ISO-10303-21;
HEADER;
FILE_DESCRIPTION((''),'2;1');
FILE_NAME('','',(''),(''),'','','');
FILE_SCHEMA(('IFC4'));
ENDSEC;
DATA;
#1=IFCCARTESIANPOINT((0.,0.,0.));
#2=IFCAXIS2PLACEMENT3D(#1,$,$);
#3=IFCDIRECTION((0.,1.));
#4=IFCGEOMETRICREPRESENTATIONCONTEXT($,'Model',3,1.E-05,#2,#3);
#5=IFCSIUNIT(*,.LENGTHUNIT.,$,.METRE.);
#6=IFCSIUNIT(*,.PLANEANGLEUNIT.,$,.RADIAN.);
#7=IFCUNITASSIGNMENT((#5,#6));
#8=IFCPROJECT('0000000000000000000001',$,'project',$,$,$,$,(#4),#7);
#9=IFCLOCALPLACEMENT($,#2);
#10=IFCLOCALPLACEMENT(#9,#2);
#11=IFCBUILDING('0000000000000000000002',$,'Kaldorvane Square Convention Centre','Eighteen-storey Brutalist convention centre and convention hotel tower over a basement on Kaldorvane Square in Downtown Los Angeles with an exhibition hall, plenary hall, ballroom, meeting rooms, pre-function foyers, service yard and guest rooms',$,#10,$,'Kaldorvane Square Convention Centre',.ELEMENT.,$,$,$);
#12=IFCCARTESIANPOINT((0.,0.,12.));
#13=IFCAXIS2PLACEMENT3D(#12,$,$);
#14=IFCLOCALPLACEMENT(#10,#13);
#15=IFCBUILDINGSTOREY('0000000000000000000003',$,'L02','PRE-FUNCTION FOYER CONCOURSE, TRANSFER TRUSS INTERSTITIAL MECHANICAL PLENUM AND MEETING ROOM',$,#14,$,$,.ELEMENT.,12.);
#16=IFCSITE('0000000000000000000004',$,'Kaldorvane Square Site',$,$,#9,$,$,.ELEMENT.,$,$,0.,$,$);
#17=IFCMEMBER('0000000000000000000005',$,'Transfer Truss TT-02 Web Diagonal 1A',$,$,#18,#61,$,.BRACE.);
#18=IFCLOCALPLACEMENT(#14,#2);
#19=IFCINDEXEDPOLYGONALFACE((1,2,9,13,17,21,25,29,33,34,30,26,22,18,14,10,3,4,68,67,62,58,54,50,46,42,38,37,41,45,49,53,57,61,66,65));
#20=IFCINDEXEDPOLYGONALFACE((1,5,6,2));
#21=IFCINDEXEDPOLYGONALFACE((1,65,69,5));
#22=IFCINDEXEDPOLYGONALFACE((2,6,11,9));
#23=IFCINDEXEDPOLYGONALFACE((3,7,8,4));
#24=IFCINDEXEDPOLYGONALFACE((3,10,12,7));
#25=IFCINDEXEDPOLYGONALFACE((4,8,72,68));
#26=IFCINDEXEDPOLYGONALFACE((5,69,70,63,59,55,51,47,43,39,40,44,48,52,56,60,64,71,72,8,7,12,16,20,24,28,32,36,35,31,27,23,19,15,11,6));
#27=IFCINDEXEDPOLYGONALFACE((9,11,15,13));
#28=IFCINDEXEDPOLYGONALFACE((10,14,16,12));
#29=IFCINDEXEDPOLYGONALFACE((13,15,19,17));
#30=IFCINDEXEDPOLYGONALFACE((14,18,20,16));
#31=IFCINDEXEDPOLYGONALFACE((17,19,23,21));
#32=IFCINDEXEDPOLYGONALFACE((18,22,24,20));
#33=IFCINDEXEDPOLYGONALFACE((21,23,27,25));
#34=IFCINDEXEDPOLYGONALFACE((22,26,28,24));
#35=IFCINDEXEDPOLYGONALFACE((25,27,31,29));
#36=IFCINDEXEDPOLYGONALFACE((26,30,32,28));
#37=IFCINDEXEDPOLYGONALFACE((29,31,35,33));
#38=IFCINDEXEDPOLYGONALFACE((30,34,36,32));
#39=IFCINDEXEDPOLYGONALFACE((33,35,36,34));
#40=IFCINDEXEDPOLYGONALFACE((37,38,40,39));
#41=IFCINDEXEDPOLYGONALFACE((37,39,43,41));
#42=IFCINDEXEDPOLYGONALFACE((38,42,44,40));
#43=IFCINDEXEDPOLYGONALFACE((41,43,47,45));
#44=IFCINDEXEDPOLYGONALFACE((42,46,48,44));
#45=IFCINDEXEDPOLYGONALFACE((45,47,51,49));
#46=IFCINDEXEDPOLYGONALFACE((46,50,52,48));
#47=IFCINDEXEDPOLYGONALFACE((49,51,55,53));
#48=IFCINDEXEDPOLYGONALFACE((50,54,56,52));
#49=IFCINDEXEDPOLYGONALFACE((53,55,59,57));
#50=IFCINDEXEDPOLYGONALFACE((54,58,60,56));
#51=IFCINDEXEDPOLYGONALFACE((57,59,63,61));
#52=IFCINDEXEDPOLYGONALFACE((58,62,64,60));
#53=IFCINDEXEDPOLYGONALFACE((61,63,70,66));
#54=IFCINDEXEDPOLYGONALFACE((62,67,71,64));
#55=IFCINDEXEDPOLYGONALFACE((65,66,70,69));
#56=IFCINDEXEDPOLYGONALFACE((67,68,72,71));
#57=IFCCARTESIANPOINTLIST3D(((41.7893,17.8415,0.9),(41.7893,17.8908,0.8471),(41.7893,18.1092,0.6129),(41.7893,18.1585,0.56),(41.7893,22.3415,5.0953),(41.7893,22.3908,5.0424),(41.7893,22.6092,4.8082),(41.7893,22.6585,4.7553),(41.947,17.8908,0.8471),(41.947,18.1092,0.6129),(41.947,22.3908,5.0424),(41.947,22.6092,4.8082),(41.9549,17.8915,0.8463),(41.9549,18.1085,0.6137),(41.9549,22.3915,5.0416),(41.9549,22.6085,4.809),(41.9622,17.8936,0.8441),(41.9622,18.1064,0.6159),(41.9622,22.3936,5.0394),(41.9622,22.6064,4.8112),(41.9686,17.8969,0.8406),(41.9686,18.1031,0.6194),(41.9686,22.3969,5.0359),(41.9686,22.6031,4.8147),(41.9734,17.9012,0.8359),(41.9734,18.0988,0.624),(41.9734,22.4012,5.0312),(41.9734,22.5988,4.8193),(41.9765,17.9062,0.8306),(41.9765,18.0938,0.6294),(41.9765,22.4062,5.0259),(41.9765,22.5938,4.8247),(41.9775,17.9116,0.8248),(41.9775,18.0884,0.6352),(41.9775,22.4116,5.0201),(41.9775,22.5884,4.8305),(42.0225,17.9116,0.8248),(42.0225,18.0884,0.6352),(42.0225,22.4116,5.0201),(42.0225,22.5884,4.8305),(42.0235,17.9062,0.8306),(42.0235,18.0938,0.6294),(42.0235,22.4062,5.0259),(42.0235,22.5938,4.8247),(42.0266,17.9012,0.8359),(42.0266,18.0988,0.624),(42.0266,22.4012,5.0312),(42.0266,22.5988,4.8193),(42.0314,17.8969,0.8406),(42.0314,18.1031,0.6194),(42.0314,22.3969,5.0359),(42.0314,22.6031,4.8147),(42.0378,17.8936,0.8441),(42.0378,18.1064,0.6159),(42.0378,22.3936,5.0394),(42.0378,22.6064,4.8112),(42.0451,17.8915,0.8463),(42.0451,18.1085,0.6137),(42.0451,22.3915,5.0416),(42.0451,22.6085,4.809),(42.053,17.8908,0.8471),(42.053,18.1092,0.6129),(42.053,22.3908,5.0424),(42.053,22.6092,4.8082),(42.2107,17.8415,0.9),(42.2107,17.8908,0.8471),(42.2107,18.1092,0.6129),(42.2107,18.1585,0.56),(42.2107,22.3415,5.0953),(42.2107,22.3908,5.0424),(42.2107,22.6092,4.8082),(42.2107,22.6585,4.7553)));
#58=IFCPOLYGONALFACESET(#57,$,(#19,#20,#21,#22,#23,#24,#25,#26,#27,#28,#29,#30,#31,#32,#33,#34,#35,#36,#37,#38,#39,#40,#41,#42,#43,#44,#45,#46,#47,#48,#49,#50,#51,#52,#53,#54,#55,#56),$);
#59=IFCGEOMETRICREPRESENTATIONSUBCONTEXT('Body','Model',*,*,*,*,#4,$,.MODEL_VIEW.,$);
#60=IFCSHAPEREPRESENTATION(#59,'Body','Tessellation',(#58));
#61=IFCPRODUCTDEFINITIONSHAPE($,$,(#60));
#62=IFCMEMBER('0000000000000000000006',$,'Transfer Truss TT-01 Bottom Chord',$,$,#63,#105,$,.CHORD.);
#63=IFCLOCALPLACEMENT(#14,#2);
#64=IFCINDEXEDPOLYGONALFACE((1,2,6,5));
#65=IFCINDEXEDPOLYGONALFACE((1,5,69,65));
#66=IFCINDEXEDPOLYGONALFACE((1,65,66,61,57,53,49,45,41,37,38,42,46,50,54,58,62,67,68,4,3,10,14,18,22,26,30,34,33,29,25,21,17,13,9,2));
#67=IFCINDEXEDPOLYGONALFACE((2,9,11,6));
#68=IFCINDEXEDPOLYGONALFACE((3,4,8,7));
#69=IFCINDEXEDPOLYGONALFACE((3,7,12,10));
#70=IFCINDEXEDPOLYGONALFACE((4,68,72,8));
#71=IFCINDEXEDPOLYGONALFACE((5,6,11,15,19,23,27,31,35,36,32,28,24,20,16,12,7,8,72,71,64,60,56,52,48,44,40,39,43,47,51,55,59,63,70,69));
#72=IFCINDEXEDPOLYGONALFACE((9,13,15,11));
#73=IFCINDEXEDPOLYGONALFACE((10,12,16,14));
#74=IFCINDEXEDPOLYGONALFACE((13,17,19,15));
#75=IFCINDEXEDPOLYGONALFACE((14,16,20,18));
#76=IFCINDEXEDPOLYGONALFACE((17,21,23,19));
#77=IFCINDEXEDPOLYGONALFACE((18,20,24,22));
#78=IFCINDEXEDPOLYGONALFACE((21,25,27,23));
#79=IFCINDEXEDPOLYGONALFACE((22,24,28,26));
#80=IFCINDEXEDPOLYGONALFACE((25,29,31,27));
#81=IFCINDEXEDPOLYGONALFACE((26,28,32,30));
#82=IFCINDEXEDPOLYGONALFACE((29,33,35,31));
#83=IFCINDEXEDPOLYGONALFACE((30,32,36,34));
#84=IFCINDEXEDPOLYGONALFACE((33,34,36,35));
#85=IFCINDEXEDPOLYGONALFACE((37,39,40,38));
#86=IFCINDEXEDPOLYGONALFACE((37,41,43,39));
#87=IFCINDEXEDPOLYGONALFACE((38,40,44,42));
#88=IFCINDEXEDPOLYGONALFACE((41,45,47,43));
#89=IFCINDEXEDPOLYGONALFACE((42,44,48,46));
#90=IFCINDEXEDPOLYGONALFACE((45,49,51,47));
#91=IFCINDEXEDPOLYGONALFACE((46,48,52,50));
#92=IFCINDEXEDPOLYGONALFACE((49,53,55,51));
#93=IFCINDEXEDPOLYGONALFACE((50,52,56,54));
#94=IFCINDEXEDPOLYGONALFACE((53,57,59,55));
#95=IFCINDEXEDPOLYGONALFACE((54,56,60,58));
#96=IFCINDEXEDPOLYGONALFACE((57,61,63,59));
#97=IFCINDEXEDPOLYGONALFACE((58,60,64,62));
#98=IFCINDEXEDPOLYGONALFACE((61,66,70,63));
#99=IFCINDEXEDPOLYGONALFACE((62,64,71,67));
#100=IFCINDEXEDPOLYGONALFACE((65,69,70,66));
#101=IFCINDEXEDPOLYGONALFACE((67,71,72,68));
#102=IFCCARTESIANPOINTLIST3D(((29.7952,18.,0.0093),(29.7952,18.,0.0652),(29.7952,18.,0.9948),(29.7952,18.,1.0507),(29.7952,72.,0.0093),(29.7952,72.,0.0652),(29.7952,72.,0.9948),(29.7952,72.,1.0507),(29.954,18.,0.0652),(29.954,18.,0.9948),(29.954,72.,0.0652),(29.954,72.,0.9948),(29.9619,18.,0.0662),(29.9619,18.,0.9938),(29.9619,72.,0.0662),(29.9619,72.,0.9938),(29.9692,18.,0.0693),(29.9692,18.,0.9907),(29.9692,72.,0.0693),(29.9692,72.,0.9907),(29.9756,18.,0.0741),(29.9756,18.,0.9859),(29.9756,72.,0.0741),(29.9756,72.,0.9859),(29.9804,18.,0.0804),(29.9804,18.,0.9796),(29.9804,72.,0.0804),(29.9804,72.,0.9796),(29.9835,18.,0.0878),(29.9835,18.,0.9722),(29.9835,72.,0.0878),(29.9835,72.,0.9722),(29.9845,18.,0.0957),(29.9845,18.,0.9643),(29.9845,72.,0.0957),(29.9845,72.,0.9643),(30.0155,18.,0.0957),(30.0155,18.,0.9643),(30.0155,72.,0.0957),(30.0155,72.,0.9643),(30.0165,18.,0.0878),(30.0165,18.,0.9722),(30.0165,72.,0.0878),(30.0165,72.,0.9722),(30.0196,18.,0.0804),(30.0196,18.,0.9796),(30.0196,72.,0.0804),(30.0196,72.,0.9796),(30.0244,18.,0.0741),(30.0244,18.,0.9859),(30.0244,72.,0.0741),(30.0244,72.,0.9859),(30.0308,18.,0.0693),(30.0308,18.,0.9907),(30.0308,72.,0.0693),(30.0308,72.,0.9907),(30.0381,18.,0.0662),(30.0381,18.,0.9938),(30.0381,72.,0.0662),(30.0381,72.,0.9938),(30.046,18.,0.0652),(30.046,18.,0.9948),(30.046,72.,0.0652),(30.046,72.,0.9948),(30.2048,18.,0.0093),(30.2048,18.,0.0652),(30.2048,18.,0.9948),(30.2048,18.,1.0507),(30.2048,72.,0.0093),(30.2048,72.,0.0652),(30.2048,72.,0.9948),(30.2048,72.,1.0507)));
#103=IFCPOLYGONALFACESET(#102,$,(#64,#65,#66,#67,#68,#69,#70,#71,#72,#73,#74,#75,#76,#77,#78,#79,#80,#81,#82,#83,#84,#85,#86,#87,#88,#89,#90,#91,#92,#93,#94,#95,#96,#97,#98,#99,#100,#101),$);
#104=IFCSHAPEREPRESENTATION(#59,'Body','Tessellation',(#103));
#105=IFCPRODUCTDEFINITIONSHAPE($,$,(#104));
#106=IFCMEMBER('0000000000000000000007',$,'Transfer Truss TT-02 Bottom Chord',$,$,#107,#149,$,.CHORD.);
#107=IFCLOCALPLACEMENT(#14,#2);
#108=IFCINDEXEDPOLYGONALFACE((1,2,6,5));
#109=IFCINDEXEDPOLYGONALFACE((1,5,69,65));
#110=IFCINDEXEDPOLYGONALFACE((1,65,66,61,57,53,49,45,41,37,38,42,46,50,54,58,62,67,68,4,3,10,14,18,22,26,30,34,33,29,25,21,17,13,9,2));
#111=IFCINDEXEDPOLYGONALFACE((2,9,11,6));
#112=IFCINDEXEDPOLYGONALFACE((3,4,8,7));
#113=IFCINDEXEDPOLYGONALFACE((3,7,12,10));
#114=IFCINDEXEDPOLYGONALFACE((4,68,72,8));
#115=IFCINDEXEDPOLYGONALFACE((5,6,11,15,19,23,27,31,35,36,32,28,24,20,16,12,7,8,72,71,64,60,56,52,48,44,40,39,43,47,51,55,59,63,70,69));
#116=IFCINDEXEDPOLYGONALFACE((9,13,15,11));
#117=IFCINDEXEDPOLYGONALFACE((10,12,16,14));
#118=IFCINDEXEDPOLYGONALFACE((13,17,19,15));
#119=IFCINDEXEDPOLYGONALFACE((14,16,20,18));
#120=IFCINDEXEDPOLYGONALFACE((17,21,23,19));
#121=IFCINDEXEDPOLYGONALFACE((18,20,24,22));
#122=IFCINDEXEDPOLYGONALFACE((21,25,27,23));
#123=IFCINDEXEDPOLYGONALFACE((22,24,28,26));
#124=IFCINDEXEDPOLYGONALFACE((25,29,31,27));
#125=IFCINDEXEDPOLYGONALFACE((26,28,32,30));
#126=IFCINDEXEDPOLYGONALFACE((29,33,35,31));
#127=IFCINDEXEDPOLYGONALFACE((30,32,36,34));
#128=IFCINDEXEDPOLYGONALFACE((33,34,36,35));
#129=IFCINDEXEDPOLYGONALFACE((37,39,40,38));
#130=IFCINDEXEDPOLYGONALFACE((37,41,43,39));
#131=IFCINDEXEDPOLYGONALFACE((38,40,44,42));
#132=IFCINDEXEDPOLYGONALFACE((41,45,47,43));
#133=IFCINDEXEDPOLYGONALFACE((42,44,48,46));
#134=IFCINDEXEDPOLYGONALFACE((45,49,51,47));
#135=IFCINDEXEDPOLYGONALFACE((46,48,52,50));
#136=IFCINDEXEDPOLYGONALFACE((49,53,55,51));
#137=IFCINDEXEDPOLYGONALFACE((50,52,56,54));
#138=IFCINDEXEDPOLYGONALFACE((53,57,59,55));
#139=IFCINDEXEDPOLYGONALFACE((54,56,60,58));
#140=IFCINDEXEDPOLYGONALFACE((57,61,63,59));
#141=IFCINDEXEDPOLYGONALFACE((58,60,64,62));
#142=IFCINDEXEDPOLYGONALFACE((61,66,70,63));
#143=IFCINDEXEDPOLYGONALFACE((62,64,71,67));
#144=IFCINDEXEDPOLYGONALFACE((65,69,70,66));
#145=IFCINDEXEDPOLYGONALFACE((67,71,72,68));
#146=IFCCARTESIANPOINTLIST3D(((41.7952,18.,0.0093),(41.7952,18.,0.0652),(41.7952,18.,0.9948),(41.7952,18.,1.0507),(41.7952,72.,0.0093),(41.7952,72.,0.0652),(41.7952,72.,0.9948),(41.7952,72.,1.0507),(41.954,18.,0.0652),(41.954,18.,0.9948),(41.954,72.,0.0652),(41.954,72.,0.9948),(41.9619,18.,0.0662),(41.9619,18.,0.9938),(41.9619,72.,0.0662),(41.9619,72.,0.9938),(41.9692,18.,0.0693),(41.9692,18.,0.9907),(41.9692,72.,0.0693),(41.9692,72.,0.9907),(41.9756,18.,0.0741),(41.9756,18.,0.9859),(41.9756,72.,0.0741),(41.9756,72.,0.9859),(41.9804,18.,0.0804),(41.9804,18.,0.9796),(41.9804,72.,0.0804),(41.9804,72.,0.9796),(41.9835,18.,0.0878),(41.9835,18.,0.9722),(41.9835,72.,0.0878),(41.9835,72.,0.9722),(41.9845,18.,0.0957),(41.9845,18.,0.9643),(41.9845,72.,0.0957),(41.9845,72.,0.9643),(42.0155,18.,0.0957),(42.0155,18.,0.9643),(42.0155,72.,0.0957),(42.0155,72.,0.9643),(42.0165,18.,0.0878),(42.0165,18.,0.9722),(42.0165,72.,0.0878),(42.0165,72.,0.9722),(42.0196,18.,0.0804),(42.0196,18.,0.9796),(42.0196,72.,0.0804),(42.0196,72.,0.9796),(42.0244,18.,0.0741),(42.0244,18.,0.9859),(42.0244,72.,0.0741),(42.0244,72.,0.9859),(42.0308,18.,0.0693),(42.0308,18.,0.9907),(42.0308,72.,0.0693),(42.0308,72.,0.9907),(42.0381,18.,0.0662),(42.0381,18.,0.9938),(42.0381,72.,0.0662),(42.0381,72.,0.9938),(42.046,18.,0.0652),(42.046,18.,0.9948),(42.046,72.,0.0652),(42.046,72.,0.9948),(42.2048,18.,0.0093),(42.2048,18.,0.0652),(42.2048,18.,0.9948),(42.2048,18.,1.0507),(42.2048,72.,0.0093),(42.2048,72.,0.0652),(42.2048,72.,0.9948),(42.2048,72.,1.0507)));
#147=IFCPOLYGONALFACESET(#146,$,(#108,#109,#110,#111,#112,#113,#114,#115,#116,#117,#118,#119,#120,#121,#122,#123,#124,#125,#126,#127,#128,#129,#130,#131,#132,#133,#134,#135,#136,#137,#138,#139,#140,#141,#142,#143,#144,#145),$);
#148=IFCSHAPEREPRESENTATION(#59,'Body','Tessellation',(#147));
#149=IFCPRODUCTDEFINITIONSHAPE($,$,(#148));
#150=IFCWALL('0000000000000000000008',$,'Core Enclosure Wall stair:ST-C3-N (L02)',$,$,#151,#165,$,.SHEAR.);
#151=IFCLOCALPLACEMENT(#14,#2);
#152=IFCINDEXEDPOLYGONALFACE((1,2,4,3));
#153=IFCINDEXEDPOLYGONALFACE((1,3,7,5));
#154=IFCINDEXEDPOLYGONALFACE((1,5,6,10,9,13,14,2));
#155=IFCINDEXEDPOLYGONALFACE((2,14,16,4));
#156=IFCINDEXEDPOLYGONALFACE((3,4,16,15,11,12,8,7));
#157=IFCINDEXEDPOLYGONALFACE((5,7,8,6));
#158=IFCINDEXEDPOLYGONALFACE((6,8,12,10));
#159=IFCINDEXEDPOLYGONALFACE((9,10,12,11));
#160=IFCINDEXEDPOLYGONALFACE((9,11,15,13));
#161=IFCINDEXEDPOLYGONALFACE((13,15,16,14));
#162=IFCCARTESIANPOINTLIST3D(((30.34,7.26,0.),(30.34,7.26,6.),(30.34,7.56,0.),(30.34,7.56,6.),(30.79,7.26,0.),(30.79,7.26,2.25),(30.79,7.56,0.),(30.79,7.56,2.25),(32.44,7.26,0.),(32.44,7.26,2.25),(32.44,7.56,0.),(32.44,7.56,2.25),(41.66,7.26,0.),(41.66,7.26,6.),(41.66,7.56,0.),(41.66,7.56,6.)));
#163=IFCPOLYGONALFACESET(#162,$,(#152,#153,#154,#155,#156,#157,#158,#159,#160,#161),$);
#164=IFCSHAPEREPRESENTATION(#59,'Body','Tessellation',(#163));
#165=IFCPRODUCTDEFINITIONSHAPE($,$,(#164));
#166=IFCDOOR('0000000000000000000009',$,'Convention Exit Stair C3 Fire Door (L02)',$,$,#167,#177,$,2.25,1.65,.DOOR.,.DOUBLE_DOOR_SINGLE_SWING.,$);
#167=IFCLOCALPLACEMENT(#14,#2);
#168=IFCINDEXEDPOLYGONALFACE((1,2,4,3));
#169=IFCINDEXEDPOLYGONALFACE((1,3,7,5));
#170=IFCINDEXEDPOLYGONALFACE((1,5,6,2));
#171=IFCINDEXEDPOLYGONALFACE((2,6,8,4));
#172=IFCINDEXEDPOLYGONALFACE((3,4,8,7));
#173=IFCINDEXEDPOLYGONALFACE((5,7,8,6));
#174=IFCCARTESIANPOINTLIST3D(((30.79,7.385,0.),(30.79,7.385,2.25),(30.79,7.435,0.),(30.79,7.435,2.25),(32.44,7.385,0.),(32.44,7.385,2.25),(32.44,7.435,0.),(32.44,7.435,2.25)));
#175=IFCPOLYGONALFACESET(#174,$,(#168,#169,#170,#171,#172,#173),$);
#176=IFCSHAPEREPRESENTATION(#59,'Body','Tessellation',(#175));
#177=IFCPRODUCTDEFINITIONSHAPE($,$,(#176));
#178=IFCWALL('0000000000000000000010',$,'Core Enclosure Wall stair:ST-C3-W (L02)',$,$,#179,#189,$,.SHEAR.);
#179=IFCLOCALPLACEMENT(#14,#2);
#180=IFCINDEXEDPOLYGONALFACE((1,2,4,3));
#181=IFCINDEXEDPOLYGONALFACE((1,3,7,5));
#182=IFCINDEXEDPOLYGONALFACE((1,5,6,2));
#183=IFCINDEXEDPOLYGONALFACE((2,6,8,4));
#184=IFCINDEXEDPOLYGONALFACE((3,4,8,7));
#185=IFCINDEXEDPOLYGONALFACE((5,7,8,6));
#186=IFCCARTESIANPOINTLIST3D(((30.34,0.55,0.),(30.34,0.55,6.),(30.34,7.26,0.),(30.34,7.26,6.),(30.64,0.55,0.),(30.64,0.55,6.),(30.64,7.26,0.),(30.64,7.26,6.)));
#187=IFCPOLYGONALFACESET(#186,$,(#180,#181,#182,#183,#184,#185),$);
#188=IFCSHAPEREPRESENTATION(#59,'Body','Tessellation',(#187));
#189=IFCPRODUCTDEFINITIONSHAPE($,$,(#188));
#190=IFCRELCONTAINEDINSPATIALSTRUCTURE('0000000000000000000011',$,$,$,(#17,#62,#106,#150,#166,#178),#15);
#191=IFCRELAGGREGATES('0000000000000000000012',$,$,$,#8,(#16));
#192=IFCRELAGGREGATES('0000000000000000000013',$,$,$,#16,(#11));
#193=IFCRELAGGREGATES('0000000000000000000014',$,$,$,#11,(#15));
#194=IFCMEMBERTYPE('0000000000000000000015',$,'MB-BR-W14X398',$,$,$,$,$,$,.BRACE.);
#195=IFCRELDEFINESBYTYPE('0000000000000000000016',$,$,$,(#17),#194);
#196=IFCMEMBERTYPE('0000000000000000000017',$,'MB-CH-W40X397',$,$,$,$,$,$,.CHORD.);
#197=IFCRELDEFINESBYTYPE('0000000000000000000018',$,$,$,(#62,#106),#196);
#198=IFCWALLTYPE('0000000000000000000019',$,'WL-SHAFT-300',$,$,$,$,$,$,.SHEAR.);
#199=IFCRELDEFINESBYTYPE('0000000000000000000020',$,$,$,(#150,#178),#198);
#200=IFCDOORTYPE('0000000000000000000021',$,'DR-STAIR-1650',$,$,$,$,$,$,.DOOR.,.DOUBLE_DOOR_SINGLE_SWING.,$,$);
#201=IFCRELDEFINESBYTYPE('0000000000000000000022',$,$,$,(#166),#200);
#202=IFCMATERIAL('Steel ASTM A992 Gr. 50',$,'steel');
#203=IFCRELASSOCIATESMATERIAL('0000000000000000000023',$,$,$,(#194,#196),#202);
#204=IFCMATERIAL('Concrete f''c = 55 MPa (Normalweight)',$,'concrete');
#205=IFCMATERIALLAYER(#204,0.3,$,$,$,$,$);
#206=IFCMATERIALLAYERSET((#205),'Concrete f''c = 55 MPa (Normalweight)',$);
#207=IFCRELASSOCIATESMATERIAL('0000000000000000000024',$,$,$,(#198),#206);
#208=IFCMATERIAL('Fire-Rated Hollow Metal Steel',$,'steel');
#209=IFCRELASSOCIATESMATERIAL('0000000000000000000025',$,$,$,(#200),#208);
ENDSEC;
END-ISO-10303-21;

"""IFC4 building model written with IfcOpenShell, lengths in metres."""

from ifc_helpers import new_model, si_unit, direction, frame, frame_2d, origin, origin_2d, place, context, subcontext, project, spatial, rectangle, i_section, extrude, material, layer, layer_set, material_profile, profile_set, type_object, element, fill, save


model = new_model("IFC4")

# Units and contexts
model_context = context("Model", 3, precision=1e-05, world=origin(), true_north=direction((0.0, 1.0)))
body_context = subcontext(model_context, "Body", "Model", "MODEL_VIEW")
ifc_project = project(units=[si_unit("LENGTHUNIT", "METRE"), si_unit("PLANEANGLEUNIT", "RADIAN")], contexts=[model_context])

# Site, building, storey
site_placement = place(None, origin())
site = spatial("IfcSite", under=ifc_project, at=site_placement, Name="Kaldorvane Square Site", CompositionType="ELEMENT", RefElevation=0.0)
building_placement = place(site_placement, origin())
building = spatial("IfcBuilding", under=site, at=building_placement, Name="Kaldorvane Square Convention Centre", Description="Eighteen-storey Brutalist convention centre and convention hotel tower over a basement on Kaldorvane Square in Downtown Los Angeles with an exhibition hall, plenary hall, ballroom, meeting rooms, pre-function foyers, service yard and guest rooms", LongName="Kaldorvane Square Convention Centre", CompositionType="ELEMENT")
storey_placement = place(building_placement, frame((0.0, 0.0, 12.0)))
storey = spatial("IfcBuildingStorey", under=building, at=storey_placement, Name="L02", Description="PRE-FUNCTION FOYER CONCOURSE, TRANSFER TRUSS INTERSTITIAL MECHANICAL PLENUM AND MEETING ROOM", CompositionType="ELEMENT", Elevation=12.0)

# Shared definitions
ifc_material_1 = material(Name="Concrete f'c = 55 MPa (Normalweight)", Category="concrete")
ifc_material_2 = material(Name="Steel ASTM A992 Gr. 50", Category="steel")

# Members
ifc_material_profile_1 = material_profile(ifc_material_2, i_section(OverallWidth=0.4214, OverallDepth=0.4648, WebThickness=0.045, FlangeThickness=0.0723, FilletRadius=0.0305, at=origin_2d()), Name="W14X398")
ifc_profile_set_1 = profile_set([ifc_material_profile_1], Name="Steel ASTM A992 Gr. 50")
member_type_1 = type_object("IfcMemberType", Name="MB-BR-W14X398", PredefinedType="BRACE", material=ifc_profile_set_1)
for number, where, z_axis, x_axis, name in (
    (1, (42.0, 18.0, 0.73), (0.0, 0.731436, 0.68191), (-1.0, 0.0, 0.0), "Transfer Truss TT-02 Web Diagonal 1A"),
):
    element("IfcMember", number, at=place(storey_placement, frame(where, z_axis=z_axis, x_axis=x_axis)), inside=storey, type_object=member_type_1, Name=name, PredefinedType="BRACE", context=body_context, shape_type="SweptSolid", body=[
        extrude(i_section(OverallWidth=0.4214, OverallDepth=0.4648, WebThickness=0.045, FlangeThickness=0.0723, FilletRadius=0.0305, at=origin_2d()), origin(), (0.0, 0.0, 1.0), 6.1523),
    ])
ifc_material_profile_2 = material_profile(ifc_material_2, i_section(OverallWidth=0.4096, OverallDepth=1.0414, WebThickness=0.031, FlangeThickness=0.0559, FilletRadius=0.0305, at=origin_2d()), Name="W40X397")
ifc_profile_set_2 = profile_set([ifc_material_profile_2], Name="Steel ASTM A992 Gr. 50")
member_type_2 = type_object("IfcMemberType", Name="MB-CH-W40X397", PredefinedType="CHORD", material=ifc_profile_set_2)
for number, where, z_axis, x_axis, name in (
    (2, (30.0, 18.0, 0.53), (0.0, 1.0, 0.0), (-1.0, 0.0, 0.0), "Transfer Truss TT-01 Bottom Chord"),
    (3, (42.0, 18.0, 0.53), (0.0, 1.0, 0.0), (-1.0, 0.0, 0.0), "Transfer Truss TT-02 Bottom Chord"),
):
    element("IfcMember", number, at=place(storey_placement, frame(where, z_axis=z_axis, x_axis=x_axis)), inside=storey, type_object=member_type_2, Name=name, PredefinedType="CHORD", context=body_context, shape_type="SweptSolid", body=[
        extrude(i_section(OverallWidth=0.4096, OverallDepth=1.0414, WebThickness=0.031, FlangeThickness=0.0559, FilletRadius=0.0305, at=origin_2d()), origin(), (0.0, 0.0, 1.0), 54.0),
    ])

# Wall, opening, door
ifc_layer = layer(ifc_material_1, 0.3)
ifc_layer_set = layer_set([ifc_layer], Name="Concrete f'c = 55 MPa (Normalweight)")
wall_type = type_object("IfcWallType", Name="WL-SHAFT-300", PredefinedType="SHEAR", material=ifc_layer_set)
wall_1_placement = place(storey_placement, frame((41.66, 7.41, 0.0), z_axis=(0.0, 0.0, 1.0), x_axis=(-1.0, 0.0, 0.0)))
wall_1 = element("IfcWall", 4, at=wall_1_placement, inside=storey, type_object=wall_type, Name="Core Enclosure Wall stair:ST-C3-N (L02)", PredefinedType="SHEAR", context=body_context, shape_type="SweptSolid", body=[
    extrude(rectangle(XDim=11.32, YDim=0.3, at=frame_2d((5.66, 0.0))), origin(), (0.0, 0.0, 1.0), 6.0),
])
opening_placement = place(wall_1_placement, frame((9.22, 0.0, 0.0)))
opening = element("IfcOpeningElement", 5, at=opening_placement, cuts=wall_1, PredefinedType="OPENING", context=body_context, shape_type="SweptSolid", body=[
    extrude(rectangle(XDim=1.65, YDim=2.25, at=frame_2d((0.825, 1.125))), frame((0.0, 0.165, 0.0), z_axis=(0.0, -1.0, 0.0), x_axis=(1.0, 0.0, 0.0)), (0.0, 0.0, 1.0), 0.33),
])
ifc_material_3 = material(Name="Fire-Rated Hollow Metal Steel", Category="steel")
door_type = type_object("IfcDoorType", Name="DR-STAIR-1650", OperationType="DOUBLE_DOOR_SINGLE_SWING", PredefinedType="DOOR", material=ifc_material_3)
door_placement = place(opening_placement, origin())
door = element("IfcDoor", 6, at=door_placement, inside=storey, type_object=door_type, Name="Convention Exit Stair C3 Fire Door (L02)", OperationType="DOUBLE_DOOR_SINGLE_SWING", OverallHeight=2.25, OverallWidth=1.65, PredefinedType="DOOR", context=body_context, shape_type="SweptSolid", body=[
    extrude(rectangle(XDim=1.65, YDim=2.25, at=frame_2d((0.825, 1.125))), frame((0.0, 0.025, 0.0), z_axis=(0.0, -1.0, 0.0), x_axis=(1.0, 0.0, 0.0)), (0.0, 0.0, 1.0), 0.05),
])
fill(opening, door)

# Wall
wall_2_placement = place(storey_placement, frame((30.49, 7.26, 0.0), z_axis=(0.0, 0.0, 1.0), x_axis=(0.0, -1.0, 0.0)))
element("IfcWall", 7, at=wall_2_placement, inside=storey, type_object=wall_type, Name="Core Enclosure Wall stair:ST-C3-W (L02)", PredefinedType="SHEAR", context=body_context, shape_type="SweptSolid", body=[
    extrude(rectangle(XDim=6.71, YDim=0.3, at=frame_2d((3.355, 0.0))), origin(), (0.0, 0.0, 1.0), 6.0),
])

save(model, "model.ifc")
